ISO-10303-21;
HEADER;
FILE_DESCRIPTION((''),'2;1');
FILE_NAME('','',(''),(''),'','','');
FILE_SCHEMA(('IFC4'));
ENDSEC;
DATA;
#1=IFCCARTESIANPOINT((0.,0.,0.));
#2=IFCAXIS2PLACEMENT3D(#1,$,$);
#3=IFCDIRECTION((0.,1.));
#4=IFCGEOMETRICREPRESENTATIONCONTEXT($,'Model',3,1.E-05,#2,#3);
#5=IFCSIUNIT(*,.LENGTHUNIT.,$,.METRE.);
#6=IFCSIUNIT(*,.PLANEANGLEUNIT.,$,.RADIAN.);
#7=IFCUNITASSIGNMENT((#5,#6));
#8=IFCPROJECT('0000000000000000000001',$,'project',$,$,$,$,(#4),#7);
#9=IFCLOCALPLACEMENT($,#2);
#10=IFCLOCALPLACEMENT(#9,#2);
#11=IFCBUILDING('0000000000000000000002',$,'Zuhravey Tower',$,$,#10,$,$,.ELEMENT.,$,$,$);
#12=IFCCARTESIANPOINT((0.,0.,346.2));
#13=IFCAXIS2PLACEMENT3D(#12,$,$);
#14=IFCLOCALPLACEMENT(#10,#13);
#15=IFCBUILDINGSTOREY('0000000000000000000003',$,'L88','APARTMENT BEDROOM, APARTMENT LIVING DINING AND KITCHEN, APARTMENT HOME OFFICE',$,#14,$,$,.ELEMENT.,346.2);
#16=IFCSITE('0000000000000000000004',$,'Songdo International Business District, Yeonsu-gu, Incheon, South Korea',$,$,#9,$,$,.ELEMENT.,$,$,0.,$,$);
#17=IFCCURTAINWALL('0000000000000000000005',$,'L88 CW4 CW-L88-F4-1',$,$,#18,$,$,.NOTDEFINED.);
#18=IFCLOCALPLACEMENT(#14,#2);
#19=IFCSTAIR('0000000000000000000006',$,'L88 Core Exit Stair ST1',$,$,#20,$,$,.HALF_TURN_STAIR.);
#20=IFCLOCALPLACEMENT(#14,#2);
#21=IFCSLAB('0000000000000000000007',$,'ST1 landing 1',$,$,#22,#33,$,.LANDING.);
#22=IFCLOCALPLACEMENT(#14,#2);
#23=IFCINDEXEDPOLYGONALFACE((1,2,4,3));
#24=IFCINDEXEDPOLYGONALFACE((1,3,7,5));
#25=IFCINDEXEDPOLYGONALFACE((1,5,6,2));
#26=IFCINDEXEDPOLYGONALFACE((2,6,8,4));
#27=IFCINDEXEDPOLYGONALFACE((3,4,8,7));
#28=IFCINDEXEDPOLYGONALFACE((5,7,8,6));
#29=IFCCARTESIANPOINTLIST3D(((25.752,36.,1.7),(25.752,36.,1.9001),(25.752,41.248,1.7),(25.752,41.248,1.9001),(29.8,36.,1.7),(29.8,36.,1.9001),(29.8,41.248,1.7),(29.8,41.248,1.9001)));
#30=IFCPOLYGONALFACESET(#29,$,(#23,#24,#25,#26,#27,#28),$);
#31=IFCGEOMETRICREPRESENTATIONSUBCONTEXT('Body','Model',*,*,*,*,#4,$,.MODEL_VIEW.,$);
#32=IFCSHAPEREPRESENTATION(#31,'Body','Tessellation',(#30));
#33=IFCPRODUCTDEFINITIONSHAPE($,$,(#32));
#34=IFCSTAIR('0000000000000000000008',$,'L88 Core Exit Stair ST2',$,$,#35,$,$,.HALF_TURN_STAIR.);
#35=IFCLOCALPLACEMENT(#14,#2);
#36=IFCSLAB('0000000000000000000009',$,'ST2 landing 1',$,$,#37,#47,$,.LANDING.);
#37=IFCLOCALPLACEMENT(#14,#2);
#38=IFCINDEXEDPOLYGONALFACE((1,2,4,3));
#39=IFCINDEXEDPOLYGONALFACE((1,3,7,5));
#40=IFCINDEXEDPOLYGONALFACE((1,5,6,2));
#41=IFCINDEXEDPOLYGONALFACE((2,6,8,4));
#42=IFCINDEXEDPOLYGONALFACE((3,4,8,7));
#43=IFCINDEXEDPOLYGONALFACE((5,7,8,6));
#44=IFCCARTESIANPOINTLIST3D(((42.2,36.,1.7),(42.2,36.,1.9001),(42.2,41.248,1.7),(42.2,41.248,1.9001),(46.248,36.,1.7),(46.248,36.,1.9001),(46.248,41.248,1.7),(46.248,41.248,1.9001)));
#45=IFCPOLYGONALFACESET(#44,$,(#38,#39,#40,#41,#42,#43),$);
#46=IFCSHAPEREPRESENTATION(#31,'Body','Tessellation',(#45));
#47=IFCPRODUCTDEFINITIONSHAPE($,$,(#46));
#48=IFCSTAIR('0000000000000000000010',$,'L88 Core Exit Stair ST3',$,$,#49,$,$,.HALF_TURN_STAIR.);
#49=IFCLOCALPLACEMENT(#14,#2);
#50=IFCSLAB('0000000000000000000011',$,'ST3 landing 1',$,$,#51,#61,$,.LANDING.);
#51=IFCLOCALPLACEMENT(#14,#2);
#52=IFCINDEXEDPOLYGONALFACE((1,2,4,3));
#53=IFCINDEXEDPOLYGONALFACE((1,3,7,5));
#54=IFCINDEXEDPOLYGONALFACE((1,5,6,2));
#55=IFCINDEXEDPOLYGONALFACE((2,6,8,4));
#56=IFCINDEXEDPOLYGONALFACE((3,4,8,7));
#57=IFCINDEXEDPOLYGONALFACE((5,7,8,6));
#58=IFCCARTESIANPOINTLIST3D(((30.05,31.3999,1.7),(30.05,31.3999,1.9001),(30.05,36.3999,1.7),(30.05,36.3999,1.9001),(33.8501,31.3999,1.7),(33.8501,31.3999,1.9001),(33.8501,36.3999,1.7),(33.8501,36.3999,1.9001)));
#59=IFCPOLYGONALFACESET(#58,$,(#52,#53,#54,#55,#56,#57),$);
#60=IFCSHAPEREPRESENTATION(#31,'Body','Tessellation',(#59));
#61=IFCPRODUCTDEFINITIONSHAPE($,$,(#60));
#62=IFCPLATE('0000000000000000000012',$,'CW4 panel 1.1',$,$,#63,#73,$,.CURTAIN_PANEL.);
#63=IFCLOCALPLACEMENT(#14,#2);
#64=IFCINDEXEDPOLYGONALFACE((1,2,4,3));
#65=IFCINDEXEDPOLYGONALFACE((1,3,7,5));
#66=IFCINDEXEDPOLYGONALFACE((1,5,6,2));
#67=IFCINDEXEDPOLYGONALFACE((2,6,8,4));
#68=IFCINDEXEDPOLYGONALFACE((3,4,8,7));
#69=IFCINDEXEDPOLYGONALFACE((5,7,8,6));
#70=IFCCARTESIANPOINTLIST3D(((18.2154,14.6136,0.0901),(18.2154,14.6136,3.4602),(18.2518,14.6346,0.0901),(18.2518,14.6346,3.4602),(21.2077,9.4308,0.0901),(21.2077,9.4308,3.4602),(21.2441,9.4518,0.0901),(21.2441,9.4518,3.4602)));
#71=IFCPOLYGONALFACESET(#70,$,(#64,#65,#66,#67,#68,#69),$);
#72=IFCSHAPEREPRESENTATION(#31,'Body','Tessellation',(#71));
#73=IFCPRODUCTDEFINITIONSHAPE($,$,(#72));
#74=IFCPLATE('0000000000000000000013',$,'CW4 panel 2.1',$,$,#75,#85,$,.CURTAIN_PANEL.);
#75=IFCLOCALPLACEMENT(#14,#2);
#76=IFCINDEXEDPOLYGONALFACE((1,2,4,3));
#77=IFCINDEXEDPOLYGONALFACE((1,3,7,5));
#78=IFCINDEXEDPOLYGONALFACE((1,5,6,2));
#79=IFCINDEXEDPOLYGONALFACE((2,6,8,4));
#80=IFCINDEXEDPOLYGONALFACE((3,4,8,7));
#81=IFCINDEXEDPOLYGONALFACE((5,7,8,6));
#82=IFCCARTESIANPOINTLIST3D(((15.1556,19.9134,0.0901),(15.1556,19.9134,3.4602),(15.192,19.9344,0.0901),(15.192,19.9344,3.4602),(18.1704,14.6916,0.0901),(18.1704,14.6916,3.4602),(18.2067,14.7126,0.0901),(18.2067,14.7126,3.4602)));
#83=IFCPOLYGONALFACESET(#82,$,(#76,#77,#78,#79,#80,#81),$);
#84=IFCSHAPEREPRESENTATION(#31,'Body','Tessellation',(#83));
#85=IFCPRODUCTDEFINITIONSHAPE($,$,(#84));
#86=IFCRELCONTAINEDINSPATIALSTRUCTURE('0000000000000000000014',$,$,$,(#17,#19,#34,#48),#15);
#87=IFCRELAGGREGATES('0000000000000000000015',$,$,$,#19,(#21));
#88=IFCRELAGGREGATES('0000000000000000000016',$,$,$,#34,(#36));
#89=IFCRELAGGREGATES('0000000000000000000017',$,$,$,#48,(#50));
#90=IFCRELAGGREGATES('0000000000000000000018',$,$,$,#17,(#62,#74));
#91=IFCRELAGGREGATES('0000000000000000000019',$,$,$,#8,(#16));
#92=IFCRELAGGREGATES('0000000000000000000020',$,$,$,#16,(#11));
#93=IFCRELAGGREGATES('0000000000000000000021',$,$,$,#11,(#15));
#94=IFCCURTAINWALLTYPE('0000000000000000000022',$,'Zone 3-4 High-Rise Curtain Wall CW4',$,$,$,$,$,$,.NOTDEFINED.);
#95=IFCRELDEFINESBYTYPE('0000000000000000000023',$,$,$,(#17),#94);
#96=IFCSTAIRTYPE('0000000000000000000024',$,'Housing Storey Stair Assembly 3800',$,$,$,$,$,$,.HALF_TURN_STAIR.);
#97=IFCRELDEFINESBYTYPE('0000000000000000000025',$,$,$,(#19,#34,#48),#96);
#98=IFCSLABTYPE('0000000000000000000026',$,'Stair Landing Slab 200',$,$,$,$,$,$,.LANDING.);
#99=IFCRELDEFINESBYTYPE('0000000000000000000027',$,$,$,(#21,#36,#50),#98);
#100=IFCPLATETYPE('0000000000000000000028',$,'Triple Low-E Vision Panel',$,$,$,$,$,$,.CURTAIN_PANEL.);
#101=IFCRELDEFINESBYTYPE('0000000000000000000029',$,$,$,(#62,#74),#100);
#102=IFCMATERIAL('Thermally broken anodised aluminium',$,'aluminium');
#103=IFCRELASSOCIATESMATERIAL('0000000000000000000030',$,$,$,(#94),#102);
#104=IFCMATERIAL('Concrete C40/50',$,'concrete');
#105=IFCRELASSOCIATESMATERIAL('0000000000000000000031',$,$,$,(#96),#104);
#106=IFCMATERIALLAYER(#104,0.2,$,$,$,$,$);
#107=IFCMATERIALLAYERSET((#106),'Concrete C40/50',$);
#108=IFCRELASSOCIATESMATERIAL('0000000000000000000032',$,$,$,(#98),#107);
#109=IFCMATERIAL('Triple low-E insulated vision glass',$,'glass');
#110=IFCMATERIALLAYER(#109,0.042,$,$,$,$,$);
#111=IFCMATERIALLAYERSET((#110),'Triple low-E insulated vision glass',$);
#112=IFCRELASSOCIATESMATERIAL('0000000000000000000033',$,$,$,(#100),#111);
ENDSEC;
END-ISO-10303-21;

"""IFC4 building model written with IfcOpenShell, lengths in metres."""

from ifc_helpers import new_model, si_unit, direction, frame, origin, origin_2d, place, context, subcontext, project, spatial, polyline, rectangle, outline, extrude, material, layer, layer_set, type_object, element, aggregate, save


model = new_model("IFC4")

# Units and contexts
model_context = context("Model", 3, precision=1e-05, world=origin(), true_north=direction((0.0, 1.0)))
body_context = subcontext(model_context, "Body", "Model", "MODEL_VIEW")
ifc_project = project(units=[si_unit("LENGTHUNIT", "METRE"), si_unit("PLANEANGLEUNIT", "RADIAN")], contexts=[model_context])

# Site, building, storey
site_placement = place(None, origin())
site = spatial("IfcSite", under=ifc_project, at=site_placement, Name="Songdo International Business District, Yeonsu-gu, Incheon, South Korea", CompositionType="ELEMENT", RefElevation=0.0)
building_placement = place(site_placement, origin())
building = spatial("IfcBuilding", under=site, at=building_placement, Name="Zuhravey Tower", CompositionType="ELEMENT")
storey_placement = place(building_placement, frame((0.0, 0.0, 346.2)))
storey = spatial("IfcBuildingStorey", under=building, at=storey_placement, Name="L88", Description="APARTMENT BEDROOM, APARTMENT LIVING DINING AND KITCHEN, APARTMENT HOME OFFICE", CompositionType="ELEMENT", Elevation=346.2)

# Curtain wall
ifc_material_1 = material(Name="Thermally broken anodised aluminium", Category="aluminium")
curtain_wall_type = type_object("IfcCurtainWallType", Name="Zone 3-4 High-Rise Curtain Wall CW4", PredefinedType="NOTDEFINED", material=ifc_material_1)
curtain_wall_placement = place(storey_placement, origin())
curtain_wall = element("IfcCurtainWall", 1, at=curtain_wall_placement, inside=storey, type_object=curtain_wall_type, Name="L88 CW4 CW-L88-F4-1", PredefinedType="NOTDEFINED")

# Shared definitions
ifc_material_2 = material(Name="Concrete C40/50", Category="concrete")

# Stairs, slabs
stair_type = type_object("IfcStairType", Name="Housing Storey Stair Assembly 3800", PredefinedType="HALF_TURN_STAIR", material=ifc_material_2)
stair_1_placement = place(storey_placement, origin())
stair_1 = element("IfcStair", 2, at=stair_1_placement, inside=storey, type_object=stair_type, Name="L88 Core Exit Stair ST1", PredefinedType="HALF_TURN_STAIR")
ifc_layer_1 = layer(ifc_material_2, 0.2)
ifc_layer_set_1 = layer_set([ifc_layer_1], Name="Concrete C40/50")
slab_type_1 = type_object("IfcSlabType", Name="Stair Landing Slab 200", PredefinedType="LANDING", material=ifc_layer_set_1)
slab_1_placement = place(storey_placement, frame((0.0, 0.0, 1.7)))
slab_1 = element("IfcSlab", 3, at=slab_1_placement, type_object=slab_type_1, Name="ST1 landing 1", PredefinedType="LANDING", context=body_context, shape_type="SweptSolid", body=[
    extrude(outline(polyline([(29.8, 36.0), (29.8, 41.248), (25.752, 41.248), (25.752, 36.0), (29.8, 36.0)])), origin(), (0.0, 0.0, 1.0), 0.2002),
])
aggregate(stair_1, [slab_1])
stair_2_placement = place(storey_placement, origin())
stair_2 = element("IfcStair", 4, at=stair_2_placement, inside=storey, type_object=stair_type, Name="L88 Core Exit Stair ST2", PredefinedType="HALF_TURN_STAIR")
slab_2_placement = place(storey_placement, frame((0.0, 0.0, 1.7)))
slab_2 = element("IfcSlab", 5, at=slab_2_placement, type_object=slab_type_1, Name="ST2 landing 1", PredefinedType="LANDING", context=body_context, shape_type="SweptSolid", body=[
    extrude(outline(polyline([(46.248, 36.0), (46.248, 41.248), (42.2, 41.248), (42.2, 36.0), (46.248, 36.0)])), origin(), (0.0, 0.0, 1.0), 0.2002),
])
aggregate(stair_2, [slab_2])
stair_3_placement = place(storey_placement, origin())
stair_3 = element("IfcStair", 6, at=stair_3_placement, inside=storey, type_object=stair_type, Name="L88 Core Exit Stair ST3", PredefinedType="HALF_TURN_STAIR")
slab_3_placement = place(storey_placement, frame((0.0, 0.0, 1.7)))
slab_3 = element("IfcSlab", 7, at=slab_3_placement, type_object=slab_type_1, Name="ST3 landing 1", PredefinedType="LANDING", context=body_context, shape_type="SweptSolid", body=[
    extrude(outline(polyline([(30.05, 36.3999), (30.05, 31.3999), (33.8501, 31.3999), (33.8501, 36.3999), (30.05, 36.3999)])), origin(), (0.0, 0.0, 1.0), 0.2002),
])
aggregate(stair_3, [slab_3])

# Plates
ifc_material_3 = material(Name="Triple low-E insulated vision glass", Category="glass")
ifc_layer_2 = layer(ifc_material_3, 0.042)
ifc_layer_set_2 = layer_set([ifc_layer_2], Name="Triple low-E insulated vision glass")
plate_type_1 = type_object("IfcPlateType", Name="Triple Low-E Vision Panel", PredefinedType="CURTAIN_PANEL", material=ifc_layer_set_2)
plate_1_placement = place(storey_placement, frame((19.7297, 12.0327, 0.0901), z_axis=(0.0, 0.0, 1.0), x_axis=(-0.5, 0.866026, 0.0)))
plate_1 = element("IfcPlate", 8, at=plate_1_placement, type_object=plate_type_1, Name="CW4 panel 1.1", PredefinedType="CURTAIN_PANEL", context=body_context, shape_type="SweptSolid", body=[
    extrude(rectangle(XDim=5.9846, YDim=0.042, at=origin_2d()), origin(), (0.0, 0.0, 1.0), 3.3701),
])
plate_2_placement = place(storey_placement, frame((16.6812, 17.313, 0.0901), z_axis=(0.0, 0.0, 1.0), x_axis=(-0.5, 0.866026, 0.0)))
plate_2 = element("IfcPlate", 9, at=plate_2_placement, type_object=plate_type_1, Name="CW4 panel 2.1", PredefinedType="CURTAIN_PANEL", context=body_context, shape_type="SweptSolid", body=[
    extrude(rectangle(XDim=6.0295, YDim=0.042, at=origin_2d()), origin(), (0.0, 0.0, 1.0), 3.3701),
])
aggregate(curtain_wall, [plate_1, plate_2])

save(model, "model.ifc")
